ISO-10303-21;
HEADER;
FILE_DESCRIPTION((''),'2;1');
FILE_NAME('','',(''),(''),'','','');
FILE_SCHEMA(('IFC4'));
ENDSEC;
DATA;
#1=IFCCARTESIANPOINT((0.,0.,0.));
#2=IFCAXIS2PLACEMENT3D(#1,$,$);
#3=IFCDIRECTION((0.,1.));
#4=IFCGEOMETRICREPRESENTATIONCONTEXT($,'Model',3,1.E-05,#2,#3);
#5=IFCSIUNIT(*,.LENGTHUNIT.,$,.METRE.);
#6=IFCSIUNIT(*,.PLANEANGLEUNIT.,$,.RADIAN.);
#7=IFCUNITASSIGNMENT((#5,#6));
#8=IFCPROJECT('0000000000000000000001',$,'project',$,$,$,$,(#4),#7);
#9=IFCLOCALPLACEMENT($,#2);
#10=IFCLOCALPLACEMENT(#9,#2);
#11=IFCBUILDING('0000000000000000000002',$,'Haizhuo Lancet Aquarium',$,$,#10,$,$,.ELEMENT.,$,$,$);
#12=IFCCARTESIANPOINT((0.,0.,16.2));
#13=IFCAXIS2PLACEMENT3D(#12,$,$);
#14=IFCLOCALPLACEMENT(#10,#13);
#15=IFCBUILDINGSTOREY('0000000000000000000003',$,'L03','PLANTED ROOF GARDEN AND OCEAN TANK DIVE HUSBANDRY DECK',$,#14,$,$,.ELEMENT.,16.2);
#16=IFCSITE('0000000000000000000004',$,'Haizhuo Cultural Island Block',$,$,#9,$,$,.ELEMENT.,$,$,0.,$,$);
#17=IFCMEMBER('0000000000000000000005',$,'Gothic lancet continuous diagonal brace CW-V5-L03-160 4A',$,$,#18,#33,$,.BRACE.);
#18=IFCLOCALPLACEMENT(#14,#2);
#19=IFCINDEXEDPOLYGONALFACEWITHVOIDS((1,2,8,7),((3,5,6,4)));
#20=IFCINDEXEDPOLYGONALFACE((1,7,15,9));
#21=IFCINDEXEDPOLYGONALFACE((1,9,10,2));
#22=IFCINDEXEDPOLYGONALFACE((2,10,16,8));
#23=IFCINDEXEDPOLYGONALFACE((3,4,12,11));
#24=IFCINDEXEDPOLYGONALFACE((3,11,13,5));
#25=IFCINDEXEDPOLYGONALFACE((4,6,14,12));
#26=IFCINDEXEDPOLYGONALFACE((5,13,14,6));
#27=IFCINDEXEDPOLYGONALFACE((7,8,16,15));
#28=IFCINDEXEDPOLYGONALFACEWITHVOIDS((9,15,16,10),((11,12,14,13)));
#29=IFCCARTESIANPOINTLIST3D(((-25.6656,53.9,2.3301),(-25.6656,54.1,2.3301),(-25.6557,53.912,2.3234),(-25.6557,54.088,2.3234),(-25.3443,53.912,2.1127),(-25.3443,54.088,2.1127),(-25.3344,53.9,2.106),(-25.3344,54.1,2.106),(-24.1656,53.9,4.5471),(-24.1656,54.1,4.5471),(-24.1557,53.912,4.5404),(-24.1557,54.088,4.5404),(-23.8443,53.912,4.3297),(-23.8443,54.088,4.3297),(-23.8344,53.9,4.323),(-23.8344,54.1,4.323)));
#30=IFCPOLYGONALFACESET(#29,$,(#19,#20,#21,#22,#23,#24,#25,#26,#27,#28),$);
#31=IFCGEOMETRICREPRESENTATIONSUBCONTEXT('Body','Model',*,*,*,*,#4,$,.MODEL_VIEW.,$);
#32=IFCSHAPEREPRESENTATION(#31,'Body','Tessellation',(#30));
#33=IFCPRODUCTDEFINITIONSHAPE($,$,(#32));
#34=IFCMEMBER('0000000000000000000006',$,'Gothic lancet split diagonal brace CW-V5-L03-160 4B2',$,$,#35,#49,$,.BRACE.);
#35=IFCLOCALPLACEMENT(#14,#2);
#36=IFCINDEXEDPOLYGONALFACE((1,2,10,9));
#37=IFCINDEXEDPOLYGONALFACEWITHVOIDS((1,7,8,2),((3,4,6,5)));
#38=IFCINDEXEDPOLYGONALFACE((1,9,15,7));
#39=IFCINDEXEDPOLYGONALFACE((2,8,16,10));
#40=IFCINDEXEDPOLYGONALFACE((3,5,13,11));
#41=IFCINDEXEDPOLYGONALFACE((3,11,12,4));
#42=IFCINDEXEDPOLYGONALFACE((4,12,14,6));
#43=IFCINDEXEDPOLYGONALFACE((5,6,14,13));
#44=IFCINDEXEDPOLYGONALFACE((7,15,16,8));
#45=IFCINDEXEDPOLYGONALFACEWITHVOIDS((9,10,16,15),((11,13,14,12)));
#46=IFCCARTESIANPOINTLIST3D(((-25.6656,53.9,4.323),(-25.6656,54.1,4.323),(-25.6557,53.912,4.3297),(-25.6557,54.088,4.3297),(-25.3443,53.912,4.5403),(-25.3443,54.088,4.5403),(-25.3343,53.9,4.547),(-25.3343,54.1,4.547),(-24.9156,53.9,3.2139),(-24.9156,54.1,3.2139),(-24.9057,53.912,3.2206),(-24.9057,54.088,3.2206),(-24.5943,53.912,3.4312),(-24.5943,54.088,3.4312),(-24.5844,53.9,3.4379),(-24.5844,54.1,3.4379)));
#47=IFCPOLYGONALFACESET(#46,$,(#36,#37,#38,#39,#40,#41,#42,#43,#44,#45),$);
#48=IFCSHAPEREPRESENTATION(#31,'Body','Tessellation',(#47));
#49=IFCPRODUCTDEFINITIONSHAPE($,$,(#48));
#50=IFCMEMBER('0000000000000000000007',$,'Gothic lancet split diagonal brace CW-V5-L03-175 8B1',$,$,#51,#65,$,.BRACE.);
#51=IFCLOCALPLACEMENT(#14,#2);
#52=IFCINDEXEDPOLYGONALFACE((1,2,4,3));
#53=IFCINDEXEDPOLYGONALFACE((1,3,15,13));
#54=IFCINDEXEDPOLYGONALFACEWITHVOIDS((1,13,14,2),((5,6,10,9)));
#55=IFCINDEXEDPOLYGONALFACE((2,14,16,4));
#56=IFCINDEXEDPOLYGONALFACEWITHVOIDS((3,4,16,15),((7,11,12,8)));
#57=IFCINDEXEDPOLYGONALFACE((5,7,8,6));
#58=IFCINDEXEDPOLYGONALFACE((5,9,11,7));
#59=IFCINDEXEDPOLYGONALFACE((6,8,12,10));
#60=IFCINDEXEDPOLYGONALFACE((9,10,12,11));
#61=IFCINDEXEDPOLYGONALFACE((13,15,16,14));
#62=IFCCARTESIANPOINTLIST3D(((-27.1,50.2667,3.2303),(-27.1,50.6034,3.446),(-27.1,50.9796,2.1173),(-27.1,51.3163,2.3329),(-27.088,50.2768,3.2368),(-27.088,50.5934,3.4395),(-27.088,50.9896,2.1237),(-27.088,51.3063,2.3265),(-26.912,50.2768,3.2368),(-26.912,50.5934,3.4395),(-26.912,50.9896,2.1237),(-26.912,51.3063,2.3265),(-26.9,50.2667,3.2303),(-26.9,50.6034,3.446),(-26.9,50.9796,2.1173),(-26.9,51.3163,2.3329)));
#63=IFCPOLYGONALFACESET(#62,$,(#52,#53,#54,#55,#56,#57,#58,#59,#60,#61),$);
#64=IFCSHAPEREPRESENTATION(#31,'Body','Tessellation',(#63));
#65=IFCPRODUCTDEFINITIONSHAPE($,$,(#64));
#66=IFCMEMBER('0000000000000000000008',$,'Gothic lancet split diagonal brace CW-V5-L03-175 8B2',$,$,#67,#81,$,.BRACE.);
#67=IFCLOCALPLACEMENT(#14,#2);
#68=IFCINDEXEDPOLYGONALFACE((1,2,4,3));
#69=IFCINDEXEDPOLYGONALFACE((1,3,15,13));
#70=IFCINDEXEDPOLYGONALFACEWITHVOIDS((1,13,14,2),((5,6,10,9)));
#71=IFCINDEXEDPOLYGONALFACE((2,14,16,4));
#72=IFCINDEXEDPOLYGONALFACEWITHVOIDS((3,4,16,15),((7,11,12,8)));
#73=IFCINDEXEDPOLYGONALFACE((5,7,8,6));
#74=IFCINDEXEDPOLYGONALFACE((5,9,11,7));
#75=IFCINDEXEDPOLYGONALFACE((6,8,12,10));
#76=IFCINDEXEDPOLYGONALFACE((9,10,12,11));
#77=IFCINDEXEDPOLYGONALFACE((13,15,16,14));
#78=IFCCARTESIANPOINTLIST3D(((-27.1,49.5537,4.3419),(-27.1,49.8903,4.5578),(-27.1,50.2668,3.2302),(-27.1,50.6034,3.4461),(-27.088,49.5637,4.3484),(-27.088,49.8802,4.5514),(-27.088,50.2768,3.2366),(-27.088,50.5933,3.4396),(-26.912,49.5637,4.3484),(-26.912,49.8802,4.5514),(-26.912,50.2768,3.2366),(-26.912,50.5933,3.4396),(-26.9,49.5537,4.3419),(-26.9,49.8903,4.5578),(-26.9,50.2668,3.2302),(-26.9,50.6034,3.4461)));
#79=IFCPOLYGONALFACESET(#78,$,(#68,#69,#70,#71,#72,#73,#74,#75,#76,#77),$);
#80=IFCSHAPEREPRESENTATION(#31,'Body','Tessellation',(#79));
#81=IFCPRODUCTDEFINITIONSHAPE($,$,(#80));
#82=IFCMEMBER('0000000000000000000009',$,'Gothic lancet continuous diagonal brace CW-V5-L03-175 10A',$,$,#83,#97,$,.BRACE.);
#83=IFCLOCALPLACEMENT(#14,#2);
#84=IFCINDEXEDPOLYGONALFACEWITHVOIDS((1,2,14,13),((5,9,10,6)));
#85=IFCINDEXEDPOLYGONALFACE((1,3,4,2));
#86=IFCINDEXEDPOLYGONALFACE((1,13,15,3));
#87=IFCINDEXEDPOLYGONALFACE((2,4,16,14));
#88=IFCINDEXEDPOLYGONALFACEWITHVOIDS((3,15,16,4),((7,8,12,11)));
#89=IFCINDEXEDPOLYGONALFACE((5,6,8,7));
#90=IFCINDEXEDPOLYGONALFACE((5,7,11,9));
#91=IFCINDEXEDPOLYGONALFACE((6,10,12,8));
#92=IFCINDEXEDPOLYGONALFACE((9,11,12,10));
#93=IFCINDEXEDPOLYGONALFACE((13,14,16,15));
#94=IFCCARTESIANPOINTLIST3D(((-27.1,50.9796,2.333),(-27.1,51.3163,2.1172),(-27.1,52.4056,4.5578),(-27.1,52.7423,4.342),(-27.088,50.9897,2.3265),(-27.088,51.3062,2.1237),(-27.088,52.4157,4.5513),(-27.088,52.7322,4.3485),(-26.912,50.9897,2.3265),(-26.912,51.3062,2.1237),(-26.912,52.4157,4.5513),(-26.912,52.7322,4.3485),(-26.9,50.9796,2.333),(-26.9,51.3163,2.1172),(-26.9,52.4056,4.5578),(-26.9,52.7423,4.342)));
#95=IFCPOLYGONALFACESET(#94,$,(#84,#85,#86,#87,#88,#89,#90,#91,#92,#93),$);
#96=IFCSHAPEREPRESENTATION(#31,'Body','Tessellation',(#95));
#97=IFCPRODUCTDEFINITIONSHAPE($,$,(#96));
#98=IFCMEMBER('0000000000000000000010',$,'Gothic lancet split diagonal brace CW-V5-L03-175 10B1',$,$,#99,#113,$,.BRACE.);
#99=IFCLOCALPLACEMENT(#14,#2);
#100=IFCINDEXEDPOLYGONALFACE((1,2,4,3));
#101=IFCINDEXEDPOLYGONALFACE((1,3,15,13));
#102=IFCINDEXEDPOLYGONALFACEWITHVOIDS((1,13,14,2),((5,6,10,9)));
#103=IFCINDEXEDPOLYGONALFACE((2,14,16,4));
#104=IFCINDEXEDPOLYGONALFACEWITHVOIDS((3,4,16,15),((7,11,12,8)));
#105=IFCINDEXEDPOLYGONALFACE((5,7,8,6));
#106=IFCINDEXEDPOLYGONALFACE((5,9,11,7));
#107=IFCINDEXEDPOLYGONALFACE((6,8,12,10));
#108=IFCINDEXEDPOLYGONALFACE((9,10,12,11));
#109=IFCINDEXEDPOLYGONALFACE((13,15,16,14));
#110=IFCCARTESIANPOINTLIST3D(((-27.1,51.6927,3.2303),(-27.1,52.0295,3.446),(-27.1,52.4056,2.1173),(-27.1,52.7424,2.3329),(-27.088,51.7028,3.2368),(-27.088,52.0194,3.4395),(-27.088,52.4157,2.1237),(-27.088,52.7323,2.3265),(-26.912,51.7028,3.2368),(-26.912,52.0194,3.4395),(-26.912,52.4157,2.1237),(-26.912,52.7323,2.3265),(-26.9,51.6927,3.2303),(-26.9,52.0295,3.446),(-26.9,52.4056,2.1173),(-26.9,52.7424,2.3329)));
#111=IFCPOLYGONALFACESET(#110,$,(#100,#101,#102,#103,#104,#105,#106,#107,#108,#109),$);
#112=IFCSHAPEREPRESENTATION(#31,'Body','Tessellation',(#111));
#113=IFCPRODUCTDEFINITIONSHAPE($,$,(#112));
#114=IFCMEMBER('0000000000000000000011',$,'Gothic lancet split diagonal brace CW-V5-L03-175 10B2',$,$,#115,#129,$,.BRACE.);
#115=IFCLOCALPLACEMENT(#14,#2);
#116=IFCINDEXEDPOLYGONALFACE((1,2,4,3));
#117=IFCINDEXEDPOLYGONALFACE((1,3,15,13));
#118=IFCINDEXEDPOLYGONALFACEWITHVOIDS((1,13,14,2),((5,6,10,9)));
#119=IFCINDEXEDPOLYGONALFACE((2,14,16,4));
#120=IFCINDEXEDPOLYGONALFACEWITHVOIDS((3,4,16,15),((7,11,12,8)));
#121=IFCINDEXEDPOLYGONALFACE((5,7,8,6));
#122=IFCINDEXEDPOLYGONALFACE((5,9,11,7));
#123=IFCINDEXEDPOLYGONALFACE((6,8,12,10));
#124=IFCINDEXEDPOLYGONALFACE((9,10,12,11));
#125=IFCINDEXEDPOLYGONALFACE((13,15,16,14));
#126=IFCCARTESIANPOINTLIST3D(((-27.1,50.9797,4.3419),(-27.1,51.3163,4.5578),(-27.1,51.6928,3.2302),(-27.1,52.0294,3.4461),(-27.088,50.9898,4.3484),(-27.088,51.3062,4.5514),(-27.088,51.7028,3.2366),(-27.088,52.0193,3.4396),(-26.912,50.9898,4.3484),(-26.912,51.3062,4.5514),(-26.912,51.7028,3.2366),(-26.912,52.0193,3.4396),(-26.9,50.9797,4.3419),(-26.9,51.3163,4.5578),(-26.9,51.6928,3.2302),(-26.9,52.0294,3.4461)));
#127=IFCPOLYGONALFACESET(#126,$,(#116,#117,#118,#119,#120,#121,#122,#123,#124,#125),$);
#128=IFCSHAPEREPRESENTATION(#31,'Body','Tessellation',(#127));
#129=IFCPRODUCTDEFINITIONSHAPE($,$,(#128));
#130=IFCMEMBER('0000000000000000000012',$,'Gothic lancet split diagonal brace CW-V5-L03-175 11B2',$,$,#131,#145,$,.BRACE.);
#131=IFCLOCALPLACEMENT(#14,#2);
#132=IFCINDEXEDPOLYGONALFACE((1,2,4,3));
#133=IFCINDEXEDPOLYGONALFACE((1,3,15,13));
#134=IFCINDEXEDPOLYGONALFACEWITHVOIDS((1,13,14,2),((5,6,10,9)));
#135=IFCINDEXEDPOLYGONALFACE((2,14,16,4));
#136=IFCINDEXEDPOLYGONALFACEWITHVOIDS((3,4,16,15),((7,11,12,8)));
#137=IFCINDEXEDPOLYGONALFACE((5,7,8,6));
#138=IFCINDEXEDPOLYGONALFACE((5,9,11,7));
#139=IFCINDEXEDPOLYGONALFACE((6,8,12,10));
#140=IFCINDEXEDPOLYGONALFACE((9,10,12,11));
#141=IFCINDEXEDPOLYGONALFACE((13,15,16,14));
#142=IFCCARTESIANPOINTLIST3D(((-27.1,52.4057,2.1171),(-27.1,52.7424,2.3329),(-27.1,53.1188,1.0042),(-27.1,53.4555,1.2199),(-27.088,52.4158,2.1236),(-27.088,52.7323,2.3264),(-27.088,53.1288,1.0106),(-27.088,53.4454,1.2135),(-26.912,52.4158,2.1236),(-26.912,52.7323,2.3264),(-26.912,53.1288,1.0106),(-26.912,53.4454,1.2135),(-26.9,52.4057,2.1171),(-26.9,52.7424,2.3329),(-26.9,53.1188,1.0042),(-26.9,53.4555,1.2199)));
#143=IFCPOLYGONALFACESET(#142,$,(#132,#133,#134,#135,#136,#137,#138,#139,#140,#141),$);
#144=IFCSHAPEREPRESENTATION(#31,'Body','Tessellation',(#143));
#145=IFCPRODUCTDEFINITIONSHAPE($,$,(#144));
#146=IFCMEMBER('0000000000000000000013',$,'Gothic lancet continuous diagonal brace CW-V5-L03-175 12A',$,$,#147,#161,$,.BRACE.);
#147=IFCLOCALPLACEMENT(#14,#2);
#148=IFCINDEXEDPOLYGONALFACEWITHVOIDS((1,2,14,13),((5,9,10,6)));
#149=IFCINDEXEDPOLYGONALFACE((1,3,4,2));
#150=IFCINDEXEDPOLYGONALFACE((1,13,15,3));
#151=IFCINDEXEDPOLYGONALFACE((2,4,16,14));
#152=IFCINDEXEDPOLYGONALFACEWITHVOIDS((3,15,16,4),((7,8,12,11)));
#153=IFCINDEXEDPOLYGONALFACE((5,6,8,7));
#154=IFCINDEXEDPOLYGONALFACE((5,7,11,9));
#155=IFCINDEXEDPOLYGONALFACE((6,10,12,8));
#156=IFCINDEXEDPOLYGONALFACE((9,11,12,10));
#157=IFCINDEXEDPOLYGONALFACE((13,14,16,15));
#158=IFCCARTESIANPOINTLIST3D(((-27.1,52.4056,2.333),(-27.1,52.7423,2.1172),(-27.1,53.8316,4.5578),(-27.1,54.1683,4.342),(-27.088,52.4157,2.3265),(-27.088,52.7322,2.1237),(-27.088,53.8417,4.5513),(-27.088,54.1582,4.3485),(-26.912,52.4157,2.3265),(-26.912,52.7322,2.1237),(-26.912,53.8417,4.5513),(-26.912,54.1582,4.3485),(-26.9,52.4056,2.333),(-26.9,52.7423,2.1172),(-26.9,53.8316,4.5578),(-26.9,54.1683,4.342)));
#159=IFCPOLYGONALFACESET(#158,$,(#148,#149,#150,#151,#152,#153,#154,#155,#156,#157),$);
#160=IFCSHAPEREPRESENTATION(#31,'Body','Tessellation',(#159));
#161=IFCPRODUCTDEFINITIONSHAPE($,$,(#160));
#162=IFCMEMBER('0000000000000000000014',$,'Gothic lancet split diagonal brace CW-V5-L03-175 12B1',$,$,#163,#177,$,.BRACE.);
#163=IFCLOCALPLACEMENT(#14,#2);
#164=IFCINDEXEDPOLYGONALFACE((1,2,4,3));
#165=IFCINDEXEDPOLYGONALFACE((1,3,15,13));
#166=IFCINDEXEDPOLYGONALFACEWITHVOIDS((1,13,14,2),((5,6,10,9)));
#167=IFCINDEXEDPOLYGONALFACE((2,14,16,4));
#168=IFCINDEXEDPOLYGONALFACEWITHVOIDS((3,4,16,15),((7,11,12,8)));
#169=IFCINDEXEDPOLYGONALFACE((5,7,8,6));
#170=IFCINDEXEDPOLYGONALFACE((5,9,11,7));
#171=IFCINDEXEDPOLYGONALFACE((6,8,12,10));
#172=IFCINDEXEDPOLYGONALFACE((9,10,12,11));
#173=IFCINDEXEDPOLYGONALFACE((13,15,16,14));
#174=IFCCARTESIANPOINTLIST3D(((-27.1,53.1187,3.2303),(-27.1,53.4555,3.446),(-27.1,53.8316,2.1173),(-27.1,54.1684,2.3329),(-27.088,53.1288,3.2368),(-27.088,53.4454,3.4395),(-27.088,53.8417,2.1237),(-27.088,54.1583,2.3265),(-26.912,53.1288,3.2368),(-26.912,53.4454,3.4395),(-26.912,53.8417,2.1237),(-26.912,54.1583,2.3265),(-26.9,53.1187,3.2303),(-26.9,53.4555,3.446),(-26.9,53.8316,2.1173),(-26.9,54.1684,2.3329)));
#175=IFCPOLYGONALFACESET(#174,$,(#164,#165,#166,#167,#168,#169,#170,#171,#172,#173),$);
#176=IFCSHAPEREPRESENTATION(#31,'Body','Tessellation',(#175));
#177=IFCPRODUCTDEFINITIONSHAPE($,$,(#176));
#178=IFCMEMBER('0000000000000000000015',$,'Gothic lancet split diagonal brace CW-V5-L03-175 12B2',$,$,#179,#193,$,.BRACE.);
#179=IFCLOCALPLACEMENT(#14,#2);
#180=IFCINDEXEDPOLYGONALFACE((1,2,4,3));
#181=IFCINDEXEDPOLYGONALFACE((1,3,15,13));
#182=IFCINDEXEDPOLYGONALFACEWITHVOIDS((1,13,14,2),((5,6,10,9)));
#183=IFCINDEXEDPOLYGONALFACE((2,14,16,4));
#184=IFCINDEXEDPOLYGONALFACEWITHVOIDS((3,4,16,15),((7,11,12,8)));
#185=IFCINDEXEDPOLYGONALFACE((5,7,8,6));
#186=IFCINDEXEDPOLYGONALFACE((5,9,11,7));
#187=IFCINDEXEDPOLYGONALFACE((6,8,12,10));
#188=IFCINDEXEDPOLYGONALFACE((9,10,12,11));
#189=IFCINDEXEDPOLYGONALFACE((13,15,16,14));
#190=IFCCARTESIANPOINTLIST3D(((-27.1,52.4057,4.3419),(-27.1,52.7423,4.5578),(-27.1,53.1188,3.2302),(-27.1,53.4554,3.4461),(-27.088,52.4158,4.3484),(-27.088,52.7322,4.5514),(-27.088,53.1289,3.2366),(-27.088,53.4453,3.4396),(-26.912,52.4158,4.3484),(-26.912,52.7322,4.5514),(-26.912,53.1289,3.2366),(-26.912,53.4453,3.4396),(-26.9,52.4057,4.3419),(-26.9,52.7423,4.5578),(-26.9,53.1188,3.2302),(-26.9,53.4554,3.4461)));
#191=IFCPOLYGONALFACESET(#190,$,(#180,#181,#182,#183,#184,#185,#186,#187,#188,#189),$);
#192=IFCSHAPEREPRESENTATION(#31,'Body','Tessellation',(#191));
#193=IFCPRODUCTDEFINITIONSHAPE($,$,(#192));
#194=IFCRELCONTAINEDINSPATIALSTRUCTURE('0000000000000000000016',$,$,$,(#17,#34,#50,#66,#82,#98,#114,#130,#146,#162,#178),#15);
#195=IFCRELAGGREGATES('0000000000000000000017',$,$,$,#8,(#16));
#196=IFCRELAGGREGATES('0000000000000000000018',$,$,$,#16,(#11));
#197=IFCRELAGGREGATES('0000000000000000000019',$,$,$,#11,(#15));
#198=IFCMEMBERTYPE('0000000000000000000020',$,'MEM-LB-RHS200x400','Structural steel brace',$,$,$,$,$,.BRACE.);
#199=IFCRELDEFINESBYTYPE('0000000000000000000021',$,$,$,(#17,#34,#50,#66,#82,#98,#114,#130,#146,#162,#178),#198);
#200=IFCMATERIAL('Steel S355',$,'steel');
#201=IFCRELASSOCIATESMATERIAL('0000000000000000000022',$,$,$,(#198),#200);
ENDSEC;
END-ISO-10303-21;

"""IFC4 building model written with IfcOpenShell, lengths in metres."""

from ifc_helpers import new_model, si_unit, direction, frame, origin, origin_2d, place, context, subcontext, project, spatial, hollow_rectangle, extrude, material, material_profile, profile_set, type_object, element, save


model = new_model("IFC4")

# Units and contexts
model_context = context("Model", 3, precision=1e-05, world=origin(), true_north=direction((0.0, 1.0)))
body_context = subcontext(model_context, "Body", "Model", "MODEL_VIEW")
ifc_project = project(units=[si_unit("LENGTHUNIT", "METRE"), si_unit("PLANEANGLEUNIT", "RADIAN")], contexts=[model_context])

# Site, building, storey
site_placement = place(None, origin())
site = spatial("IfcSite", under=ifc_project, at=site_placement, Name="Haizhuo Cultural Island Block", CompositionType="ELEMENT", RefElevation=0.0)
building_placement = place(site_placement, origin())
building = spatial("IfcBuilding", under=site, at=building_placement, Name="Haizhuo Lancet Aquarium", CompositionType="ELEMENT")
storey_placement = place(building_placement, frame((0.0, 0.0, 16.2)))
storey = spatial("IfcBuildingStorey", under=building, at=storey_placement, Name="L03", Description="PLANTED ROOF GARDEN AND OCEAN TANK DIVE HUSBANDRY DECK", CompositionType="ELEMENT", Elevation=16.2)

# Members
ifc_material_1 = material(Name="Steel S355", Category="steel")
ifc_material_profile_1 = material_profile(ifc_material_1, hollow_rectangle(XDim=0.2, YDim=0.3999, WallThickness=0.012, at=origin_2d()), Name="RHS 200x400x12")
ifc_profile_set_1 = profile_set([ifc_material_profile_1], Name="Steel S355")
member_type_1 = type_object("IfcMemberType", Name="MEM-LB-RHS200x400", Description="Structural steel brace", PredefinedType="BRACE", material=ifc_profile_set_1)
member_1_placement = place(storey_placement, frame((-25.5, 54.0, 2.218), z_axis=(0.56037, 0.0, 0.828242), x_axis=(0.0, 1.0, 0.0)))
element("IfcMember", 1, at=member_1_placement, inside=storey, type_object=member_type_1, Name="Gothic lancet continuous diagonal brace CW-V5-L03-160 4A", PredefinedType="BRACE", context=body_context, shape_type="SweptSolid", body=[
    extrude(hollow_rectangle(XDim=0.2, YDim=0.3999, WallThickness=0.012, at=origin_2d()), origin(), (0.0, 0.0, 1.0), 2.6768),
])
member_2_placement = place(storey_placement, frame((-24.75, 54.0, 3.3259), z_axis=(-0.560159, 0.0, 0.828385), x_axis=(0.0, -1.0, 0.0)))
element("IfcMember", 2, at=member_2_placement, inside=storey, type_object=member_type_1, Name="Gothic lancet split diagonal brace CW-V5-L03-160 4B2", PredefinedType="BRACE", context=body_context, shape_type="SweptSolid", body=[
    extrude(hollow_rectangle(XDim=0.2, YDim=0.3999, WallThickness=0.012, at=origin_2d()), origin(), (0.0, 0.0, 1.0), 1.3389),
])
member_3_placement = place(storey_placement, frame((-27.0, 51.1479, 2.2251), z_axis=(0.0, -0.539347, 0.842083), x_axis=(1.0, 0.0, 0.0)))
element("IfcMember", 3, at=member_3_placement, inside=storey, type_object=member_type_1, Name="Gothic lancet split diagonal brace CW-V5-L03-175 8B1", PredefinedType="BRACE", context=body_context, shape_type="SweptSolid", body=[
    extrude(hollow_rectangle(XDim=0.2, YDim=0.3999, WallThickness=0.012, at=origin_2d()), origin(), (0.0, 0.0, 1.0), 1.3218),
])
member_4_placement = place(storey_placement, frame((-27.0, 50.4351, 3.3381), z_axis=(0.0, -0.539898, 0.841731), x_axis=(1.0, 0.0, 0.0)))
element("IfcMember", 4, at=member_4_placement, inside=storey, type_object=member_type_1, Name="Gothic lancet split diagonal brace CW-V5-L03-175 8B2", PredefinedType="BRACE", context=body_context, shape_type="SweptSolid", body=[
    extrude(hollow_rectangle(XDim=0.2, YDim=0.3999, WallThickness=0.012, at=origin_2d()), origin(), (0.0, 0.0, 1.0), 1.3208),
])
member_5_placement = place(storey_placement, frame((-27.0, 51.1479, 2.2251), z_axis=(0.0, 0.539622, 0.841907), x_axis=(-1.0, 0.0, 0.0)))
element("IfcMember", 5, at=member_5_placement, inside=storey, type_object=member_type_1, Name="Gothic lancet continuous diagonal brace CW-V5-L03-175 10A", PredefinedType="BRACE", context=body_context, shape_type="SweptSolid", body=[
    extrude(hollow_rectangle(XDim=0.2, YDim=0.3999, WallThickness=0.012, at=origin_2d()), origin(), (0.0, 0.0, 1.0), 2.6426),
])
member_6_placement = place(storey_placement, frame((-27.0, 52.574, 2.2251), z_axis=(0.0, -0.539347, 0.842083), x_axis=(1.0, 0.0, 0.0)))
element("IfcMember", 6, at=member_6_placement, inside=storey, type_object=member_type_1, Name="Gothic lancet split diagonal brace CW-V5-L03-175 10B1", PredefinedType="BRACE", context=body_context, shape_type="SweptSolid", body=[
    extrude(hollow_rectangle(XDim=0.2, YDim=0.3999, WallThickness=0.012, at=origin_2d()), origin(), (0.0, 0.0, 1.0), 1.3218),
])
member_7_placement = place(storey_placement, frame((-27.0, 51.8611, 3.3381), z_axis=(0.0, -0.539898, 0.841731), x_axis=(1.0, 0.0, 0.0)))
element("IfcMember", 7, at=member_7_placement, inside=storey, type_object=member_type_1, Name="Gothic lancet split diagonal brace CW-V5-L03-175 10B2", PredefinedType="BRACE", context=body_context, shape_type="SweptSolid", body=[
    extrude(hollow_rectangle(XDim=0.2, YDim=0.3999, WallThickness=0.012, at=origin_2d()), origin(), (0.0, 0.0, 1.0), 1.3208),
])
member_8_placement = place(storey_placement, frame((-27.0, 53.2871, 1.1121), z_axis=(0.0, -0.539478, 0.842), x_axis=(1.0, 0.0, 0.0)))
element("IfcMember", 8, at=member_8_placement, inside=storey, type_object=member_type_1, Name="Gothic lancet split diagonal brace CW-V5-L03-175 11B2", PredefinedType="BRACE", context=body_context, shape_type="SweptSolid", body=[
    extrude(hollow_rectangle(XDim=0.2, YDim=0.3999, WallThickness=0.012, at=origin_2d()), origin(), (0.0, 0.0, 1.0), 1.3218),
])
member_9_placement = place(storey_placement, frame((-27.0, 52.574, 2.2251), z_axis=(0.0, 0.539622, 0.841907), x_axis=(-1.0, 0.0, 0.0)))
element("IfcMember", 9, at=member_9_placement, inside=storey, type_object=member_type_1, Name="Gothic lancet continuous diagonal brace CW-V5-L03-175 12A", PredefinedType="BRACE", context=body_context, shape_type="SweptSolid", body=[
    extrude(hollow_rectangle(XDim=0.2, YDim=0.3999, WallThickness=0.012, at=origin_2d()), origin(), (0.0, 0.0, 1.0), 2.6426),
])
member_10_placement = place(storey_placement, frame((-27.0, 54.0, 2.2251), z_axis=(0.0, -0.539347, 0.842083), x_axis=(1.0, 0.0, 0.0)))
element("IfcMember", 10, at=member_10_placement, inside=storey, type_object=member_type_1, Name="Gothic lancet split diagonal brace CW-V5-L03-175 12B1", PredefinedType="BRACE", context=body_context, shape_type="SweptSolid", body=[
    extrude(hollow_rectangle(XDim=0.2, YDim=0.3999, WallThickness=0.012, at=origin_2d()), origin(), (0.0, 0.0, 1.0), 1.3218),
])
member_11_placement = place(storey_placement, frame((-27.0, 53.2871, 3.3381), z_axis=(0.0, -0.539898, 0.841731), x_axis=(1.0, 0.0, 0.0)))
element("IfcMember", 11, at=member_11_placement, inside=storey, type_object=member_type_1, Name="Gothic lancet split diagonal brace CW-V5-L03-175 12B2", PredefinedType="BRACE", context=body_context, shape_type="SweptSolid", body=[
    extrude(hollow_rectangle(XDim=0.2, YDim=0.3999, WallThickness=0.012, at=origin_2d()), origin(), (0.0, 0.0, 1.0), 1.3208),
])

save(model, "model.ifc")
